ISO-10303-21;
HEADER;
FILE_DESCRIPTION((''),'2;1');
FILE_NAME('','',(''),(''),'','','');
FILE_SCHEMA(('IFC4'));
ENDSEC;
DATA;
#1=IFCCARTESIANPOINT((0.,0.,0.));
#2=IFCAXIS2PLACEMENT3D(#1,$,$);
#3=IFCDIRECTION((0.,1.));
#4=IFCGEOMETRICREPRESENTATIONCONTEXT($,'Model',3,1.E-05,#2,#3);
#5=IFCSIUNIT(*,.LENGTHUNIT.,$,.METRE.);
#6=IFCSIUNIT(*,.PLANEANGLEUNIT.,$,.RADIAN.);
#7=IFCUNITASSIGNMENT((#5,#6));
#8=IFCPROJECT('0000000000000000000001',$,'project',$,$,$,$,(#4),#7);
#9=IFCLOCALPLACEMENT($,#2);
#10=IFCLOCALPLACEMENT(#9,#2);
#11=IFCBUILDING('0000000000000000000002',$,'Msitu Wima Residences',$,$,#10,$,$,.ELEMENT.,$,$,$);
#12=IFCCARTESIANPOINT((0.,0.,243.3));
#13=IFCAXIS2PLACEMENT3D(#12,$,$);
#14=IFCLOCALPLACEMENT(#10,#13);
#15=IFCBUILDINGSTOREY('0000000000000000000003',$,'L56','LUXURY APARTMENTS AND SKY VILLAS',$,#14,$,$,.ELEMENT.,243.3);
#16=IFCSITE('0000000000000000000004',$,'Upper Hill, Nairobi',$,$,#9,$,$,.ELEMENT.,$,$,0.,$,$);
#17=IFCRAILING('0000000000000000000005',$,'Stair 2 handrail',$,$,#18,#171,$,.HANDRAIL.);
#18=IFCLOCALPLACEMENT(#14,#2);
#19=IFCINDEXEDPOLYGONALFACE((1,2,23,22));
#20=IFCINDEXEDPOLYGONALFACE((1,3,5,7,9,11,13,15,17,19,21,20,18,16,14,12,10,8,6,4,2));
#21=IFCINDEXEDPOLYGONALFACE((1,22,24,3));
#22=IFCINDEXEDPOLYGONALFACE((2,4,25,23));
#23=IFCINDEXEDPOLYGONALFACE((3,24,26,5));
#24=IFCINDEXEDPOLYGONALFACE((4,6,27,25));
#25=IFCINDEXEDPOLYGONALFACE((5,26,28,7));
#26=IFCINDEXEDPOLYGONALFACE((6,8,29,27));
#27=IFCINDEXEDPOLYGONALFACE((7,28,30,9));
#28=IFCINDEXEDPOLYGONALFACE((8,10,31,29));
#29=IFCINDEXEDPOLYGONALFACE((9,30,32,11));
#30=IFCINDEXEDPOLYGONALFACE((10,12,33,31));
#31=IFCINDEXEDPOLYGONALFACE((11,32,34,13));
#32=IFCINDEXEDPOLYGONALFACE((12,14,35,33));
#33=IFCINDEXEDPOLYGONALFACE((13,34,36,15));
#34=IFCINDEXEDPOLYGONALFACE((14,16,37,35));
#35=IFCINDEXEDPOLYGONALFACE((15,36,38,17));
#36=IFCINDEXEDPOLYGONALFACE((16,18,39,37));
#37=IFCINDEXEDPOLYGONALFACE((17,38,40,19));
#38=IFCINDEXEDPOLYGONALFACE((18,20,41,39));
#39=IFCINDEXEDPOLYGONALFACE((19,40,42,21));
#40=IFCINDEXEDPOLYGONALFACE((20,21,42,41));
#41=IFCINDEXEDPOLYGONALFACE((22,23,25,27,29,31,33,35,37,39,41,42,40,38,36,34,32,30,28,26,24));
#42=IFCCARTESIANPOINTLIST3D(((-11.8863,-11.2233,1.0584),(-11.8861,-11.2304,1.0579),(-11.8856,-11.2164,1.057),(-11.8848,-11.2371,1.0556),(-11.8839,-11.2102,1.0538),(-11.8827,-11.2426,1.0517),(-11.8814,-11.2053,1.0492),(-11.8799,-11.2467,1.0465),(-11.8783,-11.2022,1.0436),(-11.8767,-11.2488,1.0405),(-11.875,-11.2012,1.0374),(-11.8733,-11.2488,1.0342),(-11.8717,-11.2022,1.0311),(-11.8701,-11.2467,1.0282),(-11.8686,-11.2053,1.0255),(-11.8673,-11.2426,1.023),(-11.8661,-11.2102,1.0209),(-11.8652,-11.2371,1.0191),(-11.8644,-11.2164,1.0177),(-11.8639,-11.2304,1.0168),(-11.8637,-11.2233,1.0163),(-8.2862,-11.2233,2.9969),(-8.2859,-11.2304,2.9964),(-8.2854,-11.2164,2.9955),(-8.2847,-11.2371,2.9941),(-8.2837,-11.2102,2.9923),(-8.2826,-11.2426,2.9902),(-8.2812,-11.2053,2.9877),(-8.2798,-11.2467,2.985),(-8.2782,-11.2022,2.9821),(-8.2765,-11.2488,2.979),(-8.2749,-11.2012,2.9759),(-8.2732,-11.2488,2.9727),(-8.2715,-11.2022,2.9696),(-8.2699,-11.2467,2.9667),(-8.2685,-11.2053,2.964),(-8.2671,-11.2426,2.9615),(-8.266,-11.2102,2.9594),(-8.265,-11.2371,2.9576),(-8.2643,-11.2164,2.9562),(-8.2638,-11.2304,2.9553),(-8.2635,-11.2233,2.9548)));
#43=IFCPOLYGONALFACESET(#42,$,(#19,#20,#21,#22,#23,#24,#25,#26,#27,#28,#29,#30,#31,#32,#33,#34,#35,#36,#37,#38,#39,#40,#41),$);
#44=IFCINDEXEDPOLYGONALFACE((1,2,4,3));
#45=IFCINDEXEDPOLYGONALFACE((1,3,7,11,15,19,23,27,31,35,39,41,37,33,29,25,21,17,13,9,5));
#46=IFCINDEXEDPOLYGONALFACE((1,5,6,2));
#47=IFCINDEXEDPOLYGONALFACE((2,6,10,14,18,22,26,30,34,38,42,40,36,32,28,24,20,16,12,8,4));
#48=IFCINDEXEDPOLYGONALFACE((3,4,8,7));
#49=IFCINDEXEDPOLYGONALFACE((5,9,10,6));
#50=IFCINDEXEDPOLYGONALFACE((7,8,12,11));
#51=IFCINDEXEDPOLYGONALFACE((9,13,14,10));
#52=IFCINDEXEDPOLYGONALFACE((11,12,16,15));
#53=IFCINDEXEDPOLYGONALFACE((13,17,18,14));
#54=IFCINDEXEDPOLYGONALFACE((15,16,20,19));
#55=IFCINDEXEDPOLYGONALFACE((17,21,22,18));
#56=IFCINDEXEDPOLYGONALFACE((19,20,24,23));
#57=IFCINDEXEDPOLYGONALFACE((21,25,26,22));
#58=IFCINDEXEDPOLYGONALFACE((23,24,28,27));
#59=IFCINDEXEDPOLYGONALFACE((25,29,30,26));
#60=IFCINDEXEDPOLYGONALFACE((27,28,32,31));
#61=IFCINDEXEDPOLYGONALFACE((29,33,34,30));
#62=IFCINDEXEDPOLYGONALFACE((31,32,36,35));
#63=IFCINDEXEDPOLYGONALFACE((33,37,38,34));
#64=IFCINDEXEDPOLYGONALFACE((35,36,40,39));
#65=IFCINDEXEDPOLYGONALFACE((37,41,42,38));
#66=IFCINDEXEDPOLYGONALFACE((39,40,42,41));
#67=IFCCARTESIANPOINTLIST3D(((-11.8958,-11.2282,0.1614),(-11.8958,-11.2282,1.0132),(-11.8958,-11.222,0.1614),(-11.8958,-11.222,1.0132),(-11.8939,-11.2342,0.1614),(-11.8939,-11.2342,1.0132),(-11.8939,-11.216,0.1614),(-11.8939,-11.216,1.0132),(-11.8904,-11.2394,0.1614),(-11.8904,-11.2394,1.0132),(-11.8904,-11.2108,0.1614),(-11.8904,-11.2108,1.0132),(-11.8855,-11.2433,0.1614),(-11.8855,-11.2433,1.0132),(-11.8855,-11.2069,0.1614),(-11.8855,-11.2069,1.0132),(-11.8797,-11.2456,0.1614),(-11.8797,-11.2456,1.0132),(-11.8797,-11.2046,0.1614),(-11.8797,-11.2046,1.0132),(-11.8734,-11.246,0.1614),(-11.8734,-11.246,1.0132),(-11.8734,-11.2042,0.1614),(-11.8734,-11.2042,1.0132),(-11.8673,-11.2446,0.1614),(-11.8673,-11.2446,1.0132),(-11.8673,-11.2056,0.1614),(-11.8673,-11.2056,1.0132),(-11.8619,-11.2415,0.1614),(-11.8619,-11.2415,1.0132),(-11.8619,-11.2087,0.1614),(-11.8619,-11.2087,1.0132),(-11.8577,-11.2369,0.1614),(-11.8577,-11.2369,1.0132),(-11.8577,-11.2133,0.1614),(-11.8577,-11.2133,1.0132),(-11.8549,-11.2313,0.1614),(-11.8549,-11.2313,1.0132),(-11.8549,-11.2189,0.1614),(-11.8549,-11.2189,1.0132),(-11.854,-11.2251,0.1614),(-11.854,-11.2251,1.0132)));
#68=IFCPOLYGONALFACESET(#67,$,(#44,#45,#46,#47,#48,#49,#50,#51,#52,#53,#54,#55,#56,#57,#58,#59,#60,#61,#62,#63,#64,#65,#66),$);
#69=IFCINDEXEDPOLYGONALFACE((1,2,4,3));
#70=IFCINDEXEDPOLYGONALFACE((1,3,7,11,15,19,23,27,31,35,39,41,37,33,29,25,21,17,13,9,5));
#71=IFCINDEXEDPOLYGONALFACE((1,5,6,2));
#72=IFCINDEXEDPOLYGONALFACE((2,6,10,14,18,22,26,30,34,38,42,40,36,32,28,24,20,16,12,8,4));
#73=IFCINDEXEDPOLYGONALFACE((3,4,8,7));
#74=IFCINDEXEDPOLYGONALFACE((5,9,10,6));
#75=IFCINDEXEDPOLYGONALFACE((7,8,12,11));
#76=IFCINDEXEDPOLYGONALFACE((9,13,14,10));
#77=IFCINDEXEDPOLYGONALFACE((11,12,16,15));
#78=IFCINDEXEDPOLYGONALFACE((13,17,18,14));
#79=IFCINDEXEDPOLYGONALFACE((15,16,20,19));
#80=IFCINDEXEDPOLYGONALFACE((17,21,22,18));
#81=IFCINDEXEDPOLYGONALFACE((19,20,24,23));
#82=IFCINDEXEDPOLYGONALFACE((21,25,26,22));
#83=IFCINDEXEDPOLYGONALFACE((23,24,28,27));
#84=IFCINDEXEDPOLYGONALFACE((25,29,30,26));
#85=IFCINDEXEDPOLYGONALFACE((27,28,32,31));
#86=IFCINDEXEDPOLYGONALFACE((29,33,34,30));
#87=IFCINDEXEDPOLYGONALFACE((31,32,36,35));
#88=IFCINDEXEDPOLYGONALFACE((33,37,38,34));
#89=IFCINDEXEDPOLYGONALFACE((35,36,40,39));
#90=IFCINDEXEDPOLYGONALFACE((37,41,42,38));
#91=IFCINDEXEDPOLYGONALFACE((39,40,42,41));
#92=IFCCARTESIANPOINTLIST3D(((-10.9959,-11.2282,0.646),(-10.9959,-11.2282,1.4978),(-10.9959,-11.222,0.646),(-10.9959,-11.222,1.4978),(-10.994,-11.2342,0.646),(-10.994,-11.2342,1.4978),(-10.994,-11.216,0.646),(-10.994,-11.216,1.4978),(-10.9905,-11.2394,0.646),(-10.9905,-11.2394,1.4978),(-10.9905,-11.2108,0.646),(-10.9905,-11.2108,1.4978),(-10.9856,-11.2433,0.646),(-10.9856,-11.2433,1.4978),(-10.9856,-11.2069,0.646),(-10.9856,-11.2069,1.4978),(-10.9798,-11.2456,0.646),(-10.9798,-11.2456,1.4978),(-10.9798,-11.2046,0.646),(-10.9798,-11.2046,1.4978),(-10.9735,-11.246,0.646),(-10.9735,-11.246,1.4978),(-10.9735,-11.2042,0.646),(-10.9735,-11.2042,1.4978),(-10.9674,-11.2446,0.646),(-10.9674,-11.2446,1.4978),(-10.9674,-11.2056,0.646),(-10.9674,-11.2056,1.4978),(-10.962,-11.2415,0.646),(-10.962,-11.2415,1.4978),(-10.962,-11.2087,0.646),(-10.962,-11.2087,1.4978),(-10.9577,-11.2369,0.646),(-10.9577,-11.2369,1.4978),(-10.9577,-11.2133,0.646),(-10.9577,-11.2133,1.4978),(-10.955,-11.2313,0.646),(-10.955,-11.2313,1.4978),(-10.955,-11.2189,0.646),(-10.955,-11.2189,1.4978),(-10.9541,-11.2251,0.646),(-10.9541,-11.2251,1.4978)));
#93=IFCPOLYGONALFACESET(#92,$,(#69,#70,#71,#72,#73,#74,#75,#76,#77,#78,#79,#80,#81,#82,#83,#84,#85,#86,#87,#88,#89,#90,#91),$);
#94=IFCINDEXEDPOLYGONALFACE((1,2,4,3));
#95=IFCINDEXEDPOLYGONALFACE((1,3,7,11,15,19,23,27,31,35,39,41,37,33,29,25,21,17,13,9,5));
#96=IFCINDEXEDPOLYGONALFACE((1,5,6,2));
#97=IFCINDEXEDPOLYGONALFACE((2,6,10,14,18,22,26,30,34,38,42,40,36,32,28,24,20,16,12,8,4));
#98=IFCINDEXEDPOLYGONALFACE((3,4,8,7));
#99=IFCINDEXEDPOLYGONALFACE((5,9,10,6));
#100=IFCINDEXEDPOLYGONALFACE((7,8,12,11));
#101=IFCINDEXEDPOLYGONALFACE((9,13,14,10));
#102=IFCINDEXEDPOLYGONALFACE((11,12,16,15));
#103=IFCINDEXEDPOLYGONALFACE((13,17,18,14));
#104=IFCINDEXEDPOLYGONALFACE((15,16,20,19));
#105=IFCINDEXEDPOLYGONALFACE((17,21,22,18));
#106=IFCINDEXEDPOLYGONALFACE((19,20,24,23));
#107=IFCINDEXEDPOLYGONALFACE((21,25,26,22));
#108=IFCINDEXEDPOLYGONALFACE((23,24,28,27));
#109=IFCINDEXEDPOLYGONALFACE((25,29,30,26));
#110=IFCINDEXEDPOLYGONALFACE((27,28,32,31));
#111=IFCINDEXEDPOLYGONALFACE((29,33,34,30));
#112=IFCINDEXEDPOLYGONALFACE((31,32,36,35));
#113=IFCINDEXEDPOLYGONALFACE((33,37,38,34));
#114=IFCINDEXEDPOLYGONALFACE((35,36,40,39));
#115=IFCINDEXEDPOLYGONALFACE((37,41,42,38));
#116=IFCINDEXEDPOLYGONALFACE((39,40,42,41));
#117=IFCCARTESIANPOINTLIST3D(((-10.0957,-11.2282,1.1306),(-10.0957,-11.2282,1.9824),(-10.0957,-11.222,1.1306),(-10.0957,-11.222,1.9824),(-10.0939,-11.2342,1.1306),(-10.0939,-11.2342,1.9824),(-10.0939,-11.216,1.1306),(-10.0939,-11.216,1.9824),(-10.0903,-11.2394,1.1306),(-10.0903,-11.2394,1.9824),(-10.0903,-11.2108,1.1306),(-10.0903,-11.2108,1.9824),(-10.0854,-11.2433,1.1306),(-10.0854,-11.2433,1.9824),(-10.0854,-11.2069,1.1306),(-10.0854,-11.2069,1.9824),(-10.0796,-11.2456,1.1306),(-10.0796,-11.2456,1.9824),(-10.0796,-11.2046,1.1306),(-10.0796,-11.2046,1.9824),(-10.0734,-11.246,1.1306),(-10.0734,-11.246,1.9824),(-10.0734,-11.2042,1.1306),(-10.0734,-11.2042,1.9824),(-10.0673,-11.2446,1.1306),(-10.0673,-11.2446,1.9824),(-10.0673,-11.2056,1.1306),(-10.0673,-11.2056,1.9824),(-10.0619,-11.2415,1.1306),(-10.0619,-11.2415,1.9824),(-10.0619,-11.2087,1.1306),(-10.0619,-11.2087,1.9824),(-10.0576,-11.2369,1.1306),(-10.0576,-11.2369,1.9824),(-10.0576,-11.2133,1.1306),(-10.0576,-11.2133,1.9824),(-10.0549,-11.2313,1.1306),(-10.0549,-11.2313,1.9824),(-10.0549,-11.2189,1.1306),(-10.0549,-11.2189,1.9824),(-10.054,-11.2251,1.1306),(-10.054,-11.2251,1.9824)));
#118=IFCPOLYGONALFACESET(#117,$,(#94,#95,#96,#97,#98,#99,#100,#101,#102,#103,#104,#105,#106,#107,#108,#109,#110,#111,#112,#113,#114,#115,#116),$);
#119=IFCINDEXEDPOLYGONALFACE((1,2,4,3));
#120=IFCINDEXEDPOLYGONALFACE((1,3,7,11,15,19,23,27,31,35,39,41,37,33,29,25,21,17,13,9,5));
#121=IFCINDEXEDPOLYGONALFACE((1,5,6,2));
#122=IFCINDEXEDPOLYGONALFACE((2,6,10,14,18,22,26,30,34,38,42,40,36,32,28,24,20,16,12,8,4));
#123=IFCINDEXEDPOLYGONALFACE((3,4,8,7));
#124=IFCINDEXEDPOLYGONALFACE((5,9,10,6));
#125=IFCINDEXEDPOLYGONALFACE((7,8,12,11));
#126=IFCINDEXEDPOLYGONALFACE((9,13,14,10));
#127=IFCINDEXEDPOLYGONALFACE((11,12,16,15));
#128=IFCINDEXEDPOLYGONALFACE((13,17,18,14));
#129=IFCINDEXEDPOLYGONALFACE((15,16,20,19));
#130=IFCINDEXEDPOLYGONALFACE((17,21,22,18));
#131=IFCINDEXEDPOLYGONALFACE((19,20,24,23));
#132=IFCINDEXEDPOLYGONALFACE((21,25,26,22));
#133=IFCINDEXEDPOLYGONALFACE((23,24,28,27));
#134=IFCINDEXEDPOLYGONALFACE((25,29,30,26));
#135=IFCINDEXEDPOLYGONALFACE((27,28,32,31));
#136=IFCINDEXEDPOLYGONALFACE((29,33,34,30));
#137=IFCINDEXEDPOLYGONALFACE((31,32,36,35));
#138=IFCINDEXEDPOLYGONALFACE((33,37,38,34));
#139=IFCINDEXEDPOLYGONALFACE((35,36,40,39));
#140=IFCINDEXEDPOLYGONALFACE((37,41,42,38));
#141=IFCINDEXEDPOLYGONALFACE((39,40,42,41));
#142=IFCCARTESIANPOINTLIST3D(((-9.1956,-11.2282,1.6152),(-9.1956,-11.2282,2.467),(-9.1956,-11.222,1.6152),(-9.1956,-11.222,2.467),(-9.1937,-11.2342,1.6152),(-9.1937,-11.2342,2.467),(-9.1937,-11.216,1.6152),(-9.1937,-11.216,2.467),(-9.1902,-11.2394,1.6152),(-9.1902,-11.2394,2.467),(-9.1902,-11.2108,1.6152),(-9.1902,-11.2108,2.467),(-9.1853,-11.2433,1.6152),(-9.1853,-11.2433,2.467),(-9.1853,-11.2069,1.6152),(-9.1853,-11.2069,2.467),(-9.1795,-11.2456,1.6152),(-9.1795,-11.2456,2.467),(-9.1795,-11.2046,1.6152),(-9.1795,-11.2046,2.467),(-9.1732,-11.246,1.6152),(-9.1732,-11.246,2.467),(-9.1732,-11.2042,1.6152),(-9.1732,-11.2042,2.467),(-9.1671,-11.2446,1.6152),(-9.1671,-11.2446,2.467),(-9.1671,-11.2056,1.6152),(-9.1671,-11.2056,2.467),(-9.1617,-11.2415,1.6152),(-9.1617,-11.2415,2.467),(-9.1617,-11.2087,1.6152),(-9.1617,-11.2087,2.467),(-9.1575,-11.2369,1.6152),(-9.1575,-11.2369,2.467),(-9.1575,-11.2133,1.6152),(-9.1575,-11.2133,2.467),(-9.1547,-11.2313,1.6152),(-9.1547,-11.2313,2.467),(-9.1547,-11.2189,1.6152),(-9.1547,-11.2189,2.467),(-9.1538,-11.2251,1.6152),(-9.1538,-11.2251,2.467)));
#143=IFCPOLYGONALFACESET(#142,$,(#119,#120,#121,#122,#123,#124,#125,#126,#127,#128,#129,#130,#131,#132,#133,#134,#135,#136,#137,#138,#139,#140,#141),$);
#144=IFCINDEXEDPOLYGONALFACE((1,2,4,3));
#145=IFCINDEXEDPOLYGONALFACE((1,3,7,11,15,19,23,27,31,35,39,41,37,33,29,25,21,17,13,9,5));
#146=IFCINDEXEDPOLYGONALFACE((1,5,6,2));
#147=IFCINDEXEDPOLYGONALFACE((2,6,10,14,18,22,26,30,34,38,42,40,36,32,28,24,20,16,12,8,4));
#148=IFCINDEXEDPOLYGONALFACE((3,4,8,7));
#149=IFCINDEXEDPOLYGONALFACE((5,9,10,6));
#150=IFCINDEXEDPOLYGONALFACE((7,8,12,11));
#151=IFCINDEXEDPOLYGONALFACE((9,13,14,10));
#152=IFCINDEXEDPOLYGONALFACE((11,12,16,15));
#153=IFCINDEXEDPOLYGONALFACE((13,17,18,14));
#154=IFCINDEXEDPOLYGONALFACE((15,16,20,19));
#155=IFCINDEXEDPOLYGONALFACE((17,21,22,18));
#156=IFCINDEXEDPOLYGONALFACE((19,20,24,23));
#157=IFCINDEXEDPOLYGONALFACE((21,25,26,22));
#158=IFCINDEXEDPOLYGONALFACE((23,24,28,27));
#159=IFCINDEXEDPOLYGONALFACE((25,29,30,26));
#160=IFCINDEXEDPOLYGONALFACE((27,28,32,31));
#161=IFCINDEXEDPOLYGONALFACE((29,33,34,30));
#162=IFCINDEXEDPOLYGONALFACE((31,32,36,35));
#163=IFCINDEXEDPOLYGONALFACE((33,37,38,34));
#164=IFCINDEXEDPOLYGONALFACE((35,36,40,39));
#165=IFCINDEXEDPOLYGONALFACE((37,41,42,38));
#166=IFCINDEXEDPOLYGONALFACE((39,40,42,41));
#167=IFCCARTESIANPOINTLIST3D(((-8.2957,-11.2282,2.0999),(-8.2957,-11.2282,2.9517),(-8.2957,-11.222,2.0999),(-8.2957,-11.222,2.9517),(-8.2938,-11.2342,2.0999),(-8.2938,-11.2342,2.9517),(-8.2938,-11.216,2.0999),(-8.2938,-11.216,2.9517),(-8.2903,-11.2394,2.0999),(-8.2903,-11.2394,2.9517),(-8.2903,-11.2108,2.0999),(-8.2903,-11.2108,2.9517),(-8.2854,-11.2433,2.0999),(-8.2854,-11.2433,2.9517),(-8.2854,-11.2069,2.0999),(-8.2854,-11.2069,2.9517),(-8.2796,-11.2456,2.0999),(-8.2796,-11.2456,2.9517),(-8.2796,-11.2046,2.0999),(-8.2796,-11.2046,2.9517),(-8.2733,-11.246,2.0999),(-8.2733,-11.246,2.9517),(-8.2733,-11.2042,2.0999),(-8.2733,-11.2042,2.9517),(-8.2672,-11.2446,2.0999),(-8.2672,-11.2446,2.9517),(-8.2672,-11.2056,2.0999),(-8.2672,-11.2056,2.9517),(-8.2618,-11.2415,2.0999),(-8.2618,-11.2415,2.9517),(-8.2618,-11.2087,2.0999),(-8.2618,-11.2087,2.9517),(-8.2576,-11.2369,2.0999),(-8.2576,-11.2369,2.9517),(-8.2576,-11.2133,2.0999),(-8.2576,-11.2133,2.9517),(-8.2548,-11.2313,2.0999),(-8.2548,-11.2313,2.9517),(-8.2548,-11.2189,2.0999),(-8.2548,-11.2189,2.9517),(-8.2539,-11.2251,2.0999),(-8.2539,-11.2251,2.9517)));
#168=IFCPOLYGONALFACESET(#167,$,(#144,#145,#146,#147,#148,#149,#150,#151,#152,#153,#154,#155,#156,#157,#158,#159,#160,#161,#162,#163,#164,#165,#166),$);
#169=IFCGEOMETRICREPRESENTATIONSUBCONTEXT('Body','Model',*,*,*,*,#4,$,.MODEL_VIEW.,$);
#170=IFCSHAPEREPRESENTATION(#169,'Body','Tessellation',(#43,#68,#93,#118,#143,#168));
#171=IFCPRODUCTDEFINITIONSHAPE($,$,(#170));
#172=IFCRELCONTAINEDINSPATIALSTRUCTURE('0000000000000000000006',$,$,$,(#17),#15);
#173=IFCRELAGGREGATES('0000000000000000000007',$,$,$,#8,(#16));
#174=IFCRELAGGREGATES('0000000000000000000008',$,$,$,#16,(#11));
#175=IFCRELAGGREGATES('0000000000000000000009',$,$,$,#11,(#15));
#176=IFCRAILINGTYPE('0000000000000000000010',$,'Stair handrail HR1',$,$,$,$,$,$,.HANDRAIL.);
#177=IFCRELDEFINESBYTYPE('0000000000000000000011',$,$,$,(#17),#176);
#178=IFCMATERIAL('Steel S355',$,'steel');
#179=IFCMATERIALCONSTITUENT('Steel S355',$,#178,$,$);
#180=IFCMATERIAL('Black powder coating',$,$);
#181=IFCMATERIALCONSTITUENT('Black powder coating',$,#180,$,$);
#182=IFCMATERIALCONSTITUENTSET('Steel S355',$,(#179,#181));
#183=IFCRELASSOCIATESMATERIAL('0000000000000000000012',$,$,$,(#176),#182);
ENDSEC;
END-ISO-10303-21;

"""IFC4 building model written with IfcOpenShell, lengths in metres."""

from ifc_helpers import new_model, si_unit, direction, frame, origin, origin_2d, place, context, subcontext, project, spatial, circle, extrude, material, constituent, constituent_set, type_object, element, save


model = new_model("IFC4")

# Units and contexts
model_context = context("Model", 3, precision=1e-05, world=origin(), true_north=direction((0.0, 1.0)))
body_context = subcontext(model_context, "Body", "Model", "MODEL_VIEW")
ifc_project = project(units=[si_unit("LENGTHUNIT", "METRE"), si_unit("PLANEANGLEUNIT", "RADIAN")], contexts=[model_context])

# Site, building, storey
site_placement = place(None, origin())
site = spatial("IfcSite", under=ifc_project, at=site_placement, Name="Upper Hill, Nairobi", CompositionType="ELEMENT", RefElevation=0.0)
building_placement = place(site_placement, origin())
building = spatial("IfcBuilding", under=site, at=building_placement, Name="Msitu Wima Residences", CompositionType="ELEMENT")
storey_placement = place(building_placement, frame((0.0, 0.0, 243.3)))
storey = spatial("IfcBuildingStorey", under=building, at=storey_placement, Name="L56", Description="LUXURY APARTMENTS AND SKY VILLAS", CompositionType="ELEMENT", Elevation=243.3)

# Railing
ifc_material_1 = material(Name="Steel S355", Category="steel")
ifc_constituent_1 = constituent(ifc_material_1, Name="Steel S355")
ifc_material_2 = material(Name="Black powder coating")
ifc_constituent_2 = constituent(ifc_material_2, Name="Black powder coating")
ifc_constituent_set = constituent_set(constituents=[ifc_constituent_1, ifc_constituent_2], Name="Steel S355")
railing_type = type_object("IfcRailingType", Name="Stair handrail HR1", PredefinedType="HANDRAIL", material=ifc_constituent_set)
for number, where, name in (
    (1, (-11.875, -11.2251, 0.1614), "Stair 2 handrail"),
):
    element("IfcRailing", number, at=place(storey_placement, frame(where)), inside=storey, type_object=railing_type, Name=name, PredefinedType="HANDRAIL", context=body_context, shape_type="SweptSolid", body=[
        extrude(circle(Radius=0.0239, at=origin_2d()), frame((0.0, 0.0, 0.876), z_axis=(0.880475, 0.0, 0.474093), x_axis=(0.0, 1.0, 0.0)), (0.0, 0.0, 1.0), 4.0889),
        extrude(circle(Radius=0.021, at=origin_2d()), origin(), (0.0, 0.0, 1.0), 0.8518),
        extrude(circle(Radius=0.021, at=origin_2d()), frame((0.8999, 0.0, 0.4846)), (0.0, 0.0, 1.0), 0.8518),
        extrude(circle(Radius=0.021, at=origin_2d()), frame((1.8, 0.0, 0.9692)), (0.0, 0.0, 1.0), 0.8518),
        extrude(circle(Radius=0.021, at=origin_2d()), frame((2.7002, 0.0, 1.4539)), (0.0, 0.0, 1.0), 0.8518),
        extrude(circle(Radius=0.021, at=origin_2d()), frame((3.6001, 0.0, 1.9385)), (0.0, 0.0, 1.0), 0.8518),
    ])

save(model, "model.ifc")
